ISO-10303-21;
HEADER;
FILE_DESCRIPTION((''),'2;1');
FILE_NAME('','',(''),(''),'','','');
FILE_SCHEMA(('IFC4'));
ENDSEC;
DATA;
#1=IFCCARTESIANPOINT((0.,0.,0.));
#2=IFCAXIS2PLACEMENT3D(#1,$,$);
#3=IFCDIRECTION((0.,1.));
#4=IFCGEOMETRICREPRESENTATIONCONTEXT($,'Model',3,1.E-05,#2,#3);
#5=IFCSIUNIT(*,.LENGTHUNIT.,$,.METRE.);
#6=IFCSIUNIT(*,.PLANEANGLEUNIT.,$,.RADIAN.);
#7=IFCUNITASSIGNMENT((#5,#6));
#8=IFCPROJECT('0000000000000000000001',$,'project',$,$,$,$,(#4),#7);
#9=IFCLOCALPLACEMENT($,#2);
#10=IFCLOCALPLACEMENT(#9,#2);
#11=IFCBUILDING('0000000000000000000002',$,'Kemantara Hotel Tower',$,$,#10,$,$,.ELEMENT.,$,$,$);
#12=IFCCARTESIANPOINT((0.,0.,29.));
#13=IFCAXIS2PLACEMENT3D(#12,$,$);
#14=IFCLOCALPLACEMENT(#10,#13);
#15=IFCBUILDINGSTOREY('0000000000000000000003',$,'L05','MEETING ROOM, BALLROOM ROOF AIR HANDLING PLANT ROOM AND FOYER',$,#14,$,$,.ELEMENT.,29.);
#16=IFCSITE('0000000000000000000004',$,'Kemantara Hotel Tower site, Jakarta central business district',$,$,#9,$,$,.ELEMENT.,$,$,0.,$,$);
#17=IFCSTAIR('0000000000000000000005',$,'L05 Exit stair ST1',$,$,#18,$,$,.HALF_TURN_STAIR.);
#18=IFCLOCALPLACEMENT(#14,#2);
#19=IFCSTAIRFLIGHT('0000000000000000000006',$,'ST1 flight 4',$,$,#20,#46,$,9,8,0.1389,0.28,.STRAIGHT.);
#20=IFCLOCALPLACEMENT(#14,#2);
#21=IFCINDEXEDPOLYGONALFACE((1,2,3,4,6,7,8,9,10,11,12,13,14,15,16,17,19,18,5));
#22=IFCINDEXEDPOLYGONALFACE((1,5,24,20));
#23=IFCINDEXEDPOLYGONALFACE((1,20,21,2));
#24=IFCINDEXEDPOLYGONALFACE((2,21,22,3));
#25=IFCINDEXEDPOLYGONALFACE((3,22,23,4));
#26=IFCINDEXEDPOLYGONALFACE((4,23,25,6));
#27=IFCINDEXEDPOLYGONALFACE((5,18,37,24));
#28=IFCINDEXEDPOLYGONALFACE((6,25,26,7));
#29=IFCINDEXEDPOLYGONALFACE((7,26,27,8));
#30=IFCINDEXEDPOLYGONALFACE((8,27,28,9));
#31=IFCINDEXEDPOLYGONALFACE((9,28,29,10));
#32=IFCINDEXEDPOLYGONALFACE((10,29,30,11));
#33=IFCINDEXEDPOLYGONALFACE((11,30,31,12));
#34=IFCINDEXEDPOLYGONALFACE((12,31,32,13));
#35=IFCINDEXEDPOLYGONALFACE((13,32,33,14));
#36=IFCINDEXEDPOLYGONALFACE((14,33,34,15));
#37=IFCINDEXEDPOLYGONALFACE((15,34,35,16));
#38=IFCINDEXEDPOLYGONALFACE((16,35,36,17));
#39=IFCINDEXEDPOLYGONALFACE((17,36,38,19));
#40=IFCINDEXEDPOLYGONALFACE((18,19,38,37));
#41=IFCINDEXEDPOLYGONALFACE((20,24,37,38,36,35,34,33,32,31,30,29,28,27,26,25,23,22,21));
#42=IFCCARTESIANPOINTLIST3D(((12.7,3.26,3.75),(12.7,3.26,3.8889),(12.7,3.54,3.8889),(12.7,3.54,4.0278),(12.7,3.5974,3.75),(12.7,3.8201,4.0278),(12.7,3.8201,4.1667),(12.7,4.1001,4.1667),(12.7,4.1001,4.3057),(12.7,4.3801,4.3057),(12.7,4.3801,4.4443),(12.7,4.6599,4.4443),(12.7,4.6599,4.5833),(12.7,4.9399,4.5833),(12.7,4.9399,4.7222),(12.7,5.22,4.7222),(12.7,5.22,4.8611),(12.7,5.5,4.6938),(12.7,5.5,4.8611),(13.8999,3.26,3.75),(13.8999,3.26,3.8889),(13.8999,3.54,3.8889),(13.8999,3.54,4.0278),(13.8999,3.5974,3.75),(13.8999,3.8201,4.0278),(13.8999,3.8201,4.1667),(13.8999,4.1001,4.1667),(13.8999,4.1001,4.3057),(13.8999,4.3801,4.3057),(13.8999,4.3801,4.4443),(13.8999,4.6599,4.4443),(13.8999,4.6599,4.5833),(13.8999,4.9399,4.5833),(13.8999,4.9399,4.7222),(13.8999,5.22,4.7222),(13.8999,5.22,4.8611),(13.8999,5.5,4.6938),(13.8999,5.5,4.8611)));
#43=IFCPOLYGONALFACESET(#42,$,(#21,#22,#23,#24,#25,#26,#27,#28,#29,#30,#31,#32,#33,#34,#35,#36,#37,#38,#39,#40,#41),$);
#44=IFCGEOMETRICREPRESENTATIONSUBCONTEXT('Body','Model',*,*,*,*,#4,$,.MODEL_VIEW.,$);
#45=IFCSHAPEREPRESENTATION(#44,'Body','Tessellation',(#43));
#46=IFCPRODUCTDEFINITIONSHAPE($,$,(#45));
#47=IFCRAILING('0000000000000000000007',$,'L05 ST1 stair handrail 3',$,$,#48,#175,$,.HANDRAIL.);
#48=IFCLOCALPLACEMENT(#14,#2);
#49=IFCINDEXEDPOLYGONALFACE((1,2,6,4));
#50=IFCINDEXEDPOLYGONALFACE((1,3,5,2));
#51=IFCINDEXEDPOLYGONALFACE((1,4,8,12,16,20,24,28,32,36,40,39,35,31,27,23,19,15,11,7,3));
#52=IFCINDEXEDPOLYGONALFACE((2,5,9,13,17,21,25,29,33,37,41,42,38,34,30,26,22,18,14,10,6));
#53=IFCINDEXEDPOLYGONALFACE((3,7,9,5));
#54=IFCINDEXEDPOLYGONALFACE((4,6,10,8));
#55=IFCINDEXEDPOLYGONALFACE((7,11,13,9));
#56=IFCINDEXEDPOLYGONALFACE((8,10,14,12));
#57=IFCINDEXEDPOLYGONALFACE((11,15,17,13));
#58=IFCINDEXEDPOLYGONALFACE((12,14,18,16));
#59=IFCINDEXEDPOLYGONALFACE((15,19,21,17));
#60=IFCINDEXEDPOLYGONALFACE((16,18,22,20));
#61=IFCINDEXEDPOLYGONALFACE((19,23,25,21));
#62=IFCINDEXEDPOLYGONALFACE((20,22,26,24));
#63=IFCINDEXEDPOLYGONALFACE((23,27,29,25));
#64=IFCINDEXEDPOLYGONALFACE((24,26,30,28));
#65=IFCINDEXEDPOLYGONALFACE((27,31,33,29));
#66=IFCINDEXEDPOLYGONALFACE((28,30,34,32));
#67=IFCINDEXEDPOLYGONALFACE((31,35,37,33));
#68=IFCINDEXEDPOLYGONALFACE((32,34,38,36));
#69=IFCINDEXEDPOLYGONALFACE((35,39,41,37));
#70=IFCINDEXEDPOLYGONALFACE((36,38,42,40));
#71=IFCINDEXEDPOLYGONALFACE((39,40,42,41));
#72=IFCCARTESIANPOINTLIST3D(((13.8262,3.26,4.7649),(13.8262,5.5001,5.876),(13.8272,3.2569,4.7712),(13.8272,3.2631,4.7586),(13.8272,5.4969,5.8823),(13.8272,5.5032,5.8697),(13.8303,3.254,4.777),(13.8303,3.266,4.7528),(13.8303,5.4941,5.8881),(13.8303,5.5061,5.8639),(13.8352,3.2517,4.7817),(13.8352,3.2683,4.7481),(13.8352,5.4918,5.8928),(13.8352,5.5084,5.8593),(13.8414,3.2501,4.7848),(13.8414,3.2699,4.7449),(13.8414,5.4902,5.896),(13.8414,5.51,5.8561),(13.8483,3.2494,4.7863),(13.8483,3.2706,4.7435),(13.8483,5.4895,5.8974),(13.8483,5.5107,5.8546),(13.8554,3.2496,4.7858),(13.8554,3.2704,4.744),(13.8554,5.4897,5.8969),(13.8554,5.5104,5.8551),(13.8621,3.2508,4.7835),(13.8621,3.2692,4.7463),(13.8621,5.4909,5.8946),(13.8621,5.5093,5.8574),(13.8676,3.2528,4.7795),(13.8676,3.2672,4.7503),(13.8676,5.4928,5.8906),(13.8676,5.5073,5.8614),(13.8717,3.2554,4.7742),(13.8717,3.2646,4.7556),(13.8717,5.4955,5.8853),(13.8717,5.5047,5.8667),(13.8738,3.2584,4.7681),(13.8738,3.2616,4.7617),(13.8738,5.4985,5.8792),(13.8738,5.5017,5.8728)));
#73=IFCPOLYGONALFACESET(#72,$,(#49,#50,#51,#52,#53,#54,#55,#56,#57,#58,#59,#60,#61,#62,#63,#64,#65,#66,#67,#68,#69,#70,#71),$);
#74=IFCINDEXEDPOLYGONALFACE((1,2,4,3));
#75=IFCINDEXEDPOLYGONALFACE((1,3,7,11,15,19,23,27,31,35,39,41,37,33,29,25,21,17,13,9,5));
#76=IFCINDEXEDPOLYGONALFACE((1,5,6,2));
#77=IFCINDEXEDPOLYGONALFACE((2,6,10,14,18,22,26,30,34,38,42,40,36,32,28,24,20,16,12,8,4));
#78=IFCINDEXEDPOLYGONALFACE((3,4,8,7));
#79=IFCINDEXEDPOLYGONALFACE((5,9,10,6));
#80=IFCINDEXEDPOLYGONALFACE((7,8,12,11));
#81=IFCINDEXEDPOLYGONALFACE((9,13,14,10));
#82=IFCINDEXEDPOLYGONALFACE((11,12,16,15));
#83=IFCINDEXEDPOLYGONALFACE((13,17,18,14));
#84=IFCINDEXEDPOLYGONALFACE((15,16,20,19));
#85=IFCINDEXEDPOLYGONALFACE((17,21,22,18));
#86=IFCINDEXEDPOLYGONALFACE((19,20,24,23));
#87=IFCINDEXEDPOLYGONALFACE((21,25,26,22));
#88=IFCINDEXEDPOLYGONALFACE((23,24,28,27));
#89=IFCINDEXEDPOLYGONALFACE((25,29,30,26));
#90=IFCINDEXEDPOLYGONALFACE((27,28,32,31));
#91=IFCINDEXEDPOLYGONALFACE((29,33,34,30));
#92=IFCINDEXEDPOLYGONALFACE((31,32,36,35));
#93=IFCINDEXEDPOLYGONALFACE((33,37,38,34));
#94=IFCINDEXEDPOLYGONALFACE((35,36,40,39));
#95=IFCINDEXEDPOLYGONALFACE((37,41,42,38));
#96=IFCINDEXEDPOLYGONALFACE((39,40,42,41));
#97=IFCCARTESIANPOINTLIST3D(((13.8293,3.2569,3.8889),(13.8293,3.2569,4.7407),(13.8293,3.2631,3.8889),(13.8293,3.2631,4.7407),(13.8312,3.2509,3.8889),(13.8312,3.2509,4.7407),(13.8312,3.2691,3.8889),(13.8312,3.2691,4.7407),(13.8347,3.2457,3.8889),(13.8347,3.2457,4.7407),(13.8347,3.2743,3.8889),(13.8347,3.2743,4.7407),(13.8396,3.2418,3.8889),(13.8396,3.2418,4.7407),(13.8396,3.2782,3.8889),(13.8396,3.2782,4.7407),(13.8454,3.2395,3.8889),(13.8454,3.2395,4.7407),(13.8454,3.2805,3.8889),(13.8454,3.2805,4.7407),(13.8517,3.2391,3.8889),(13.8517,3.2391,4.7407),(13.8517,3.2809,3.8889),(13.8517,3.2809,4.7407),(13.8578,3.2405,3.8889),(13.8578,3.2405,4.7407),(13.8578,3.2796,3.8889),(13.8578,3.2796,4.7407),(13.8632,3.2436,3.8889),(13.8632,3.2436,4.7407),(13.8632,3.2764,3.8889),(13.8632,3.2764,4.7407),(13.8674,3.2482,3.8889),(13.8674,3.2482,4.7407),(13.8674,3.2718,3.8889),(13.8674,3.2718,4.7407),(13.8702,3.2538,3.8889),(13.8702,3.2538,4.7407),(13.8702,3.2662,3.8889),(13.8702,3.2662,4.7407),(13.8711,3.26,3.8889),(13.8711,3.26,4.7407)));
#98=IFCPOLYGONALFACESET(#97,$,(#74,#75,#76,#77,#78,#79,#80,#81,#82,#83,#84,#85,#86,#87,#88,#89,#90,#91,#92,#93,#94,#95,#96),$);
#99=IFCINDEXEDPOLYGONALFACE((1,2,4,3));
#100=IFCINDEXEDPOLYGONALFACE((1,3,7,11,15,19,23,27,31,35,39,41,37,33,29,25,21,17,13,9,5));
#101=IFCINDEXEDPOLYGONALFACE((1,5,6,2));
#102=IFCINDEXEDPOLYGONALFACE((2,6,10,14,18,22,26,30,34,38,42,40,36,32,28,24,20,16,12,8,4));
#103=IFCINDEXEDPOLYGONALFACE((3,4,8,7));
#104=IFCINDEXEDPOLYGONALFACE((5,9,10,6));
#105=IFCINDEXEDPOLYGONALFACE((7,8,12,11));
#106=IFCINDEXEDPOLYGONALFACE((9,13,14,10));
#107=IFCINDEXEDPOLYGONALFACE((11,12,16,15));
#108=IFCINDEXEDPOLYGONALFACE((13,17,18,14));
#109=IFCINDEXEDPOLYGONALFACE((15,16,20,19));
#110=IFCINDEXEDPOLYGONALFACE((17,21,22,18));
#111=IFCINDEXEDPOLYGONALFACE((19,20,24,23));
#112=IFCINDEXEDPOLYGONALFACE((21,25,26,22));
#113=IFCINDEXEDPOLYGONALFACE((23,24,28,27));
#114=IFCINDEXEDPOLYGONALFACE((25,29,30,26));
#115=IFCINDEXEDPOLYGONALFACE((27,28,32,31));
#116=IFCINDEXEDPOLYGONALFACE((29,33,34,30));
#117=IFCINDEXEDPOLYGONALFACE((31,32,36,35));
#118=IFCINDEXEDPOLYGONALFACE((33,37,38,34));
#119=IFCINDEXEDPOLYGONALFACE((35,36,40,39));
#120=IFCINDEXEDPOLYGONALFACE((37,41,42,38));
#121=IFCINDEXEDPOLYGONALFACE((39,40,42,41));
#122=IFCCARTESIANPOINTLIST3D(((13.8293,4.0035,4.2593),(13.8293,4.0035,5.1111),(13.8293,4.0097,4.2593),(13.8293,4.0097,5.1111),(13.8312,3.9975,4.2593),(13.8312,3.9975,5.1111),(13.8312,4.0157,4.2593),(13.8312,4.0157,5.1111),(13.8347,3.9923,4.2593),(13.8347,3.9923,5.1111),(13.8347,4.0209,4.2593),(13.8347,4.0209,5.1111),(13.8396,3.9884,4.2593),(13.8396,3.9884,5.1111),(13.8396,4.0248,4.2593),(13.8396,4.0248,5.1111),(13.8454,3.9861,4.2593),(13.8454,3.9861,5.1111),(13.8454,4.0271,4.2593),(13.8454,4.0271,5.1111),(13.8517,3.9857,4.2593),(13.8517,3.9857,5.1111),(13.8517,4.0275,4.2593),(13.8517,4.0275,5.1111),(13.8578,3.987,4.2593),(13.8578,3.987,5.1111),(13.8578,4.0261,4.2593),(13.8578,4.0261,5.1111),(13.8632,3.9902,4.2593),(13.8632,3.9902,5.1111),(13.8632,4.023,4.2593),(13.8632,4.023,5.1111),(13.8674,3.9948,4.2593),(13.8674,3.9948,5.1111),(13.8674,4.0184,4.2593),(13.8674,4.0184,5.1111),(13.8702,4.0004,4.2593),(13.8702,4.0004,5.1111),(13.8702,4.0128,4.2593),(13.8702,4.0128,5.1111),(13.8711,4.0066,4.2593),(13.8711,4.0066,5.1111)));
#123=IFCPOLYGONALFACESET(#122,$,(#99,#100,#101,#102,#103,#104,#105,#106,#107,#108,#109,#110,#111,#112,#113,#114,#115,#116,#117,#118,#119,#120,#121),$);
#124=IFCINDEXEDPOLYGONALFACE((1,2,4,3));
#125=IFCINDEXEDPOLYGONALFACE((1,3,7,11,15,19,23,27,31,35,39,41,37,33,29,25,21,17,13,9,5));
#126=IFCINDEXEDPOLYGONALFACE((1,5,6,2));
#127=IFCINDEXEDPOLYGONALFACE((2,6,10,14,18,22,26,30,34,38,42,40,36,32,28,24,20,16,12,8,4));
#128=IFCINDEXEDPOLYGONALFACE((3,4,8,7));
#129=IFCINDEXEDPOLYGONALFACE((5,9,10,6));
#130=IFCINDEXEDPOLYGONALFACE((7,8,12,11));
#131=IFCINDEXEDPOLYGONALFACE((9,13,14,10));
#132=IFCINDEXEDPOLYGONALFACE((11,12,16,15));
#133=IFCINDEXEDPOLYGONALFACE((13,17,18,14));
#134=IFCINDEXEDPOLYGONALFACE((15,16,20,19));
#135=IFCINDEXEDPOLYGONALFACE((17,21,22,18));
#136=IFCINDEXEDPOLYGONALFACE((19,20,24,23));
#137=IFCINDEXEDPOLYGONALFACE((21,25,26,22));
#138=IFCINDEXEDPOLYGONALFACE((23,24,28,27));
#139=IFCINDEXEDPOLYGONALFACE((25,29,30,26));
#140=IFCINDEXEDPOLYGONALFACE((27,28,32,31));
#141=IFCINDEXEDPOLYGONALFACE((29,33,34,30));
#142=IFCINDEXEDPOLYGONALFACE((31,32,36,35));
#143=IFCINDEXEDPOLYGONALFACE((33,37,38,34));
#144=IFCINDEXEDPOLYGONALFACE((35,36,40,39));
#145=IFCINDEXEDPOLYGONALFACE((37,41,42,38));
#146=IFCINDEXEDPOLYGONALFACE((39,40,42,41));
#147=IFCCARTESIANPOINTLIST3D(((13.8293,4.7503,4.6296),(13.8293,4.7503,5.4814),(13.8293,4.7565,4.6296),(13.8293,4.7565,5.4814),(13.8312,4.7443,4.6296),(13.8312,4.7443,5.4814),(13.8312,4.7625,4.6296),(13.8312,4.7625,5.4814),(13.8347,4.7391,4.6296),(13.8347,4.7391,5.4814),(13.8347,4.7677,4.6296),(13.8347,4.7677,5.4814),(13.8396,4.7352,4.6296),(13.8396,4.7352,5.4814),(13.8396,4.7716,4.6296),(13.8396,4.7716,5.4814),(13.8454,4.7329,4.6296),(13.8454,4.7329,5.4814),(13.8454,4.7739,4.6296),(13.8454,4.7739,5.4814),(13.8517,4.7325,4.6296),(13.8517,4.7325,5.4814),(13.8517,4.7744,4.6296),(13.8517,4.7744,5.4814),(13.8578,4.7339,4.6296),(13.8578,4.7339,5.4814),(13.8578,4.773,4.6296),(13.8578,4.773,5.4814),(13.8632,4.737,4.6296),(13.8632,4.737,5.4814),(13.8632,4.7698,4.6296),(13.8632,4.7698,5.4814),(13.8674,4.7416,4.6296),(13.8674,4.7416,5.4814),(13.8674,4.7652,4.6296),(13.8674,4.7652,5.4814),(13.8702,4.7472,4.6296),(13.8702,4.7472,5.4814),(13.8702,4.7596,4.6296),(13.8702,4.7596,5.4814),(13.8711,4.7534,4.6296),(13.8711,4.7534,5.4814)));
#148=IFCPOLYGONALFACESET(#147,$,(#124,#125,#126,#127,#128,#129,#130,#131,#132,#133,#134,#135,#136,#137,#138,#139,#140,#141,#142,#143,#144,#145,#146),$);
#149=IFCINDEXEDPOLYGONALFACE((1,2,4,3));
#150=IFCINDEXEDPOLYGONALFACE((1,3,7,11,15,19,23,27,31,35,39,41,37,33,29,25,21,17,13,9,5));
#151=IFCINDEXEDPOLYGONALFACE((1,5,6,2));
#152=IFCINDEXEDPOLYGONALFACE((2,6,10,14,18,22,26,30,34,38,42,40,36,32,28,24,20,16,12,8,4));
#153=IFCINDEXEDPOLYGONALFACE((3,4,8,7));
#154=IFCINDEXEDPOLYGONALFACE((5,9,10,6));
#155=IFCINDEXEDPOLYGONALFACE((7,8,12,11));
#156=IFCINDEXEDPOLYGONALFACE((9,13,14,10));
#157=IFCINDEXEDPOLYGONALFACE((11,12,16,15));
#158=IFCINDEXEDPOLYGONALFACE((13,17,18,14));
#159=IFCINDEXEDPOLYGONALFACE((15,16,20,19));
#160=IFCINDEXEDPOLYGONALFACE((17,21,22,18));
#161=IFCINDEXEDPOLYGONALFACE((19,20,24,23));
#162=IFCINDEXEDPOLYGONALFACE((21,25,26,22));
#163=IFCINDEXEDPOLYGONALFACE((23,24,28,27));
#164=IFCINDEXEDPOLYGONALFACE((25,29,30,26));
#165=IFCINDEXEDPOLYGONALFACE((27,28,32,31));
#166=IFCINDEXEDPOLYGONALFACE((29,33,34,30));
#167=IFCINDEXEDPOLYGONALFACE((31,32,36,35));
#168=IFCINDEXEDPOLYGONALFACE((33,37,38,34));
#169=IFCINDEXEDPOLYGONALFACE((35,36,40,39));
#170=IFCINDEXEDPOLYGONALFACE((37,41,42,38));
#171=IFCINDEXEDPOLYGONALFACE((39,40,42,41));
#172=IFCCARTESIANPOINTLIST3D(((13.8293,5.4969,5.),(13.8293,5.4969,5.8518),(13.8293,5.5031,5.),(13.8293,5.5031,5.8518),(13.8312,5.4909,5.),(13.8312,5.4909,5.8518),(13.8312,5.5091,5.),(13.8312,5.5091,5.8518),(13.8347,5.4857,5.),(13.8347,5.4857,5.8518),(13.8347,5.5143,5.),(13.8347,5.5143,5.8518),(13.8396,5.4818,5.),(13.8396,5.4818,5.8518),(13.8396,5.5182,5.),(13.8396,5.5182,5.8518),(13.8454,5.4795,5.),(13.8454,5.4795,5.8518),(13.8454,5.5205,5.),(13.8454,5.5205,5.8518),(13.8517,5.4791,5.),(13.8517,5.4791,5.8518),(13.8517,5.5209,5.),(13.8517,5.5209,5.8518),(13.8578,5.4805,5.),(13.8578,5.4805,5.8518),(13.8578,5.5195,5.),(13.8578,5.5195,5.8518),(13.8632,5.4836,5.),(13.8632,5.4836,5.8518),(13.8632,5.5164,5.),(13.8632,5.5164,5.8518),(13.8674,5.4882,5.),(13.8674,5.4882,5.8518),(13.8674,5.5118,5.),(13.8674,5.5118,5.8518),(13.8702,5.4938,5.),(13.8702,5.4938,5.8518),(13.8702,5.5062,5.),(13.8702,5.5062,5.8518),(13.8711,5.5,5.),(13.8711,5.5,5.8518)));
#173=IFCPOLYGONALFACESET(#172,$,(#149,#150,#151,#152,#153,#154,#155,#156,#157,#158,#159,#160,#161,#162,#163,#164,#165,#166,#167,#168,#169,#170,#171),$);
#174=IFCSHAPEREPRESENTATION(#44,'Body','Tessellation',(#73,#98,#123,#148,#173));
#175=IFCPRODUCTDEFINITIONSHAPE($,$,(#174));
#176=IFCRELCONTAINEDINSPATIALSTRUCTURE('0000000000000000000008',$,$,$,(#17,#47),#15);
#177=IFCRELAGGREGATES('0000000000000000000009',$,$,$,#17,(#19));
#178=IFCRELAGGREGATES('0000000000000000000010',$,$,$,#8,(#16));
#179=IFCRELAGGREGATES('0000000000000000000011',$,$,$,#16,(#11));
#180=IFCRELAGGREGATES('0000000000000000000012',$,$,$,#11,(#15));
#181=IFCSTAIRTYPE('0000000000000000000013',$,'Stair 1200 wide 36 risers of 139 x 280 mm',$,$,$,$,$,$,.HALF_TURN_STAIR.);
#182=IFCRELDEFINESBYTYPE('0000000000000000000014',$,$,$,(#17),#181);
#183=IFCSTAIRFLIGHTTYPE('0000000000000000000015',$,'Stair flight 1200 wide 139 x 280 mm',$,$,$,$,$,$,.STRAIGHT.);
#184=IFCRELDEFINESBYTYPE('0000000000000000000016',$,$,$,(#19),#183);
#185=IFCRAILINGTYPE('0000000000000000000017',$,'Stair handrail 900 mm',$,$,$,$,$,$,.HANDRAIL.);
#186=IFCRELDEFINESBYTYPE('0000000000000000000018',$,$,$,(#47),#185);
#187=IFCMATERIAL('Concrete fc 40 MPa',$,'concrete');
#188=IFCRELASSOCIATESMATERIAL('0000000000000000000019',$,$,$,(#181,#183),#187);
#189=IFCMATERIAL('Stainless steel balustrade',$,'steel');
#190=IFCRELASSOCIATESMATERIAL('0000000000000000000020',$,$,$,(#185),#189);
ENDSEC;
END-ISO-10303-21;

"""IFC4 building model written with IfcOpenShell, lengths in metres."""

from ifc_helpers import new_model, si_unit, direction, frame, origin, origin_2d, place, context, subcontext, project, spatial, polyline, circle, outline, extrude, material, type_object, element, aggregate, save


model = new_model("IFC4")

# Units and contexts
model_context = context("Model", 3, precision=1e-05, world=origin(), true_north=direction((0.0, 1.0)))
body_context = subcontext(model_context, "Body", "Model", "MODEL_VIEW")
ifc_project = project(units=[si_unit("LENGTHUNIT", "METRE"), si_unit("PLANEANGLEUNIT", "RADIAN")], contexts=[model_context])

# Site, building, storey
site_placement = place(None, origin())
site = spatial("IfcSite", under=ifc_project, at=site_placement, Name="Kemantara Hotel Tower site, Jakarta central business district", CompositionType="ELEMENT", RefElevation=0.0)
building_placement = place(site_placement, origin())
building = spatial("IfcBuilding", under=site, at=building_placement, Name="Kemantara Hotel Tower", CompositionType="ELEMENT")
storey_placement = place(building_placement, frame((0.0, 0.0, 29.0)))
storey = spatial("IfcBuildingStorey", under=building, at=storey_placement, Name="L05", Description="MEETING ROOM, BALLROOM ROOF AIR HANDLING PLANT ROOM AND FOYER", CompositionType="ELEMENT", Elevation=29.0)

# Stair, stair flight
ifc_material_1 = material(Name="Concrete fc 40 MPa", Category="concrete")
stair_type = type_object("IfcStairType", Name="Stair 1200 wide 36 risers of 139 x 280 mm", PredefinedType="HALF_TURN_STAIR", material=ifc_material_1)
stair_placement = place(storey_placement, origin())
stair = element("IfcStair", 1, at=stair_placement, inside=storey, type_object=stair_type, Name="L05 Exit stair ST1", PredefinedType="HALF_TURN_STAIR")
stair_flight_type = type_object("IfcStairFlightType", Name="Stair flight 1200 wide 139 x 280 mm", PredefinedType="STRAIGHT", material=ifc_material_1)
stair_flight_1_placement = place(storey_placement, frame((13.3, 3.26, 3.75), z_axis=(0.0, 0.0, 1.0), x_axis=(0.0, 1.0, 0.0)))
stair_flight_1 = element("IfcStairFlight", 2, at=stair_flight_1_placement, type_object=stair_flight_type, Name="ST1 flight 4", NumberOfRisers=9, NumberOfTreads=8, PredefinedType="STRAIGHT", RiserHeight=0.1389, TreadLength=0.28, context=body_context, shape_type="SweptSolid", body=[
    extrude(outline(polyline([(0.0, 0.0), (0.0, 0.1389), (0.28, 0.1389), (0.28, 0.2778), (0.5601, 0.2778), (0.5601, 0.4167), (0.8401, 0.4167), (0.8401, 0.5557), (1.1201, 0.5557), (1.1201, 0.6943), (1.3999, 0.6943), (1.3999, 0.8333), (1.6799, 0.8333), (1.6799, 0.9722), (1.96, 0.9722), (1.96, 1.1111), (2.24, 1.1111), (2.24, 1.25), (2.24, 0.9438), (0.3374, 0.0), (0.0, 0.0)])), frame((0.0, 0.6001, 0.0), z_axis=(0.0, -1.0, 0.0), x_axis=(1.0, 0.0, 0.0)), (0.0, 0.0, 1.0), 1.2),
])
aggregate(stair, [stair_flight_1])

# Railing
ifc_material_2 = material(Name="Stainless steel balustrade", Category="steel")
railing_type_1 = type_object("IfcRailingType", Name="Stair handrail 900 mm", PredefinedType="HANDRAIL", material=ifc_material_2)
railing_1_placement = place(storey_placement, frame((13.8501, 3.26, 3.8889)))
element("IfcRailing", 3, at=railing_1_placement, inside=storey, type_object=railing_type_1, Name="L05 ST1 stair handrail 3", PredefinedType="HANDRAIL", context=body_context, shape_type="SweptSolid", body=[
    extrude(circle(Radius=0.0239, at=origin_2d()), frame((0.0, 0.0, 0.876), z_axis=(0.0, 0.895848, 0.44436), x_axis=(-1.0, 0.0, 0.0)), (0.0, 0.0, 1.0), 2.5005),
    extrude(circle(Radius=0.021, at=origin_2d()), origin(), (0.0, 0.0, 1.0), 0.8518),
    extrude(circle(Radius=0.021, at=origin_2d()), frame((0.0, 0.7466, 0.3704)), (0.0, 0.0, 1.0), 0.8518),
    extrude(circle(Radius=0.021, at=origin_2d()), frame((0.0, 1.4934, 0.7407)), (0.0, 0.0, 1.0), 0.8518),
    extrude(circle(Radius=0.021, at=origin_2d()), frame((0.0, 2.24, 1.1111)), (0.0, 0.0, 1.0), 0.8518),
])

save(model, "model.ifc")
